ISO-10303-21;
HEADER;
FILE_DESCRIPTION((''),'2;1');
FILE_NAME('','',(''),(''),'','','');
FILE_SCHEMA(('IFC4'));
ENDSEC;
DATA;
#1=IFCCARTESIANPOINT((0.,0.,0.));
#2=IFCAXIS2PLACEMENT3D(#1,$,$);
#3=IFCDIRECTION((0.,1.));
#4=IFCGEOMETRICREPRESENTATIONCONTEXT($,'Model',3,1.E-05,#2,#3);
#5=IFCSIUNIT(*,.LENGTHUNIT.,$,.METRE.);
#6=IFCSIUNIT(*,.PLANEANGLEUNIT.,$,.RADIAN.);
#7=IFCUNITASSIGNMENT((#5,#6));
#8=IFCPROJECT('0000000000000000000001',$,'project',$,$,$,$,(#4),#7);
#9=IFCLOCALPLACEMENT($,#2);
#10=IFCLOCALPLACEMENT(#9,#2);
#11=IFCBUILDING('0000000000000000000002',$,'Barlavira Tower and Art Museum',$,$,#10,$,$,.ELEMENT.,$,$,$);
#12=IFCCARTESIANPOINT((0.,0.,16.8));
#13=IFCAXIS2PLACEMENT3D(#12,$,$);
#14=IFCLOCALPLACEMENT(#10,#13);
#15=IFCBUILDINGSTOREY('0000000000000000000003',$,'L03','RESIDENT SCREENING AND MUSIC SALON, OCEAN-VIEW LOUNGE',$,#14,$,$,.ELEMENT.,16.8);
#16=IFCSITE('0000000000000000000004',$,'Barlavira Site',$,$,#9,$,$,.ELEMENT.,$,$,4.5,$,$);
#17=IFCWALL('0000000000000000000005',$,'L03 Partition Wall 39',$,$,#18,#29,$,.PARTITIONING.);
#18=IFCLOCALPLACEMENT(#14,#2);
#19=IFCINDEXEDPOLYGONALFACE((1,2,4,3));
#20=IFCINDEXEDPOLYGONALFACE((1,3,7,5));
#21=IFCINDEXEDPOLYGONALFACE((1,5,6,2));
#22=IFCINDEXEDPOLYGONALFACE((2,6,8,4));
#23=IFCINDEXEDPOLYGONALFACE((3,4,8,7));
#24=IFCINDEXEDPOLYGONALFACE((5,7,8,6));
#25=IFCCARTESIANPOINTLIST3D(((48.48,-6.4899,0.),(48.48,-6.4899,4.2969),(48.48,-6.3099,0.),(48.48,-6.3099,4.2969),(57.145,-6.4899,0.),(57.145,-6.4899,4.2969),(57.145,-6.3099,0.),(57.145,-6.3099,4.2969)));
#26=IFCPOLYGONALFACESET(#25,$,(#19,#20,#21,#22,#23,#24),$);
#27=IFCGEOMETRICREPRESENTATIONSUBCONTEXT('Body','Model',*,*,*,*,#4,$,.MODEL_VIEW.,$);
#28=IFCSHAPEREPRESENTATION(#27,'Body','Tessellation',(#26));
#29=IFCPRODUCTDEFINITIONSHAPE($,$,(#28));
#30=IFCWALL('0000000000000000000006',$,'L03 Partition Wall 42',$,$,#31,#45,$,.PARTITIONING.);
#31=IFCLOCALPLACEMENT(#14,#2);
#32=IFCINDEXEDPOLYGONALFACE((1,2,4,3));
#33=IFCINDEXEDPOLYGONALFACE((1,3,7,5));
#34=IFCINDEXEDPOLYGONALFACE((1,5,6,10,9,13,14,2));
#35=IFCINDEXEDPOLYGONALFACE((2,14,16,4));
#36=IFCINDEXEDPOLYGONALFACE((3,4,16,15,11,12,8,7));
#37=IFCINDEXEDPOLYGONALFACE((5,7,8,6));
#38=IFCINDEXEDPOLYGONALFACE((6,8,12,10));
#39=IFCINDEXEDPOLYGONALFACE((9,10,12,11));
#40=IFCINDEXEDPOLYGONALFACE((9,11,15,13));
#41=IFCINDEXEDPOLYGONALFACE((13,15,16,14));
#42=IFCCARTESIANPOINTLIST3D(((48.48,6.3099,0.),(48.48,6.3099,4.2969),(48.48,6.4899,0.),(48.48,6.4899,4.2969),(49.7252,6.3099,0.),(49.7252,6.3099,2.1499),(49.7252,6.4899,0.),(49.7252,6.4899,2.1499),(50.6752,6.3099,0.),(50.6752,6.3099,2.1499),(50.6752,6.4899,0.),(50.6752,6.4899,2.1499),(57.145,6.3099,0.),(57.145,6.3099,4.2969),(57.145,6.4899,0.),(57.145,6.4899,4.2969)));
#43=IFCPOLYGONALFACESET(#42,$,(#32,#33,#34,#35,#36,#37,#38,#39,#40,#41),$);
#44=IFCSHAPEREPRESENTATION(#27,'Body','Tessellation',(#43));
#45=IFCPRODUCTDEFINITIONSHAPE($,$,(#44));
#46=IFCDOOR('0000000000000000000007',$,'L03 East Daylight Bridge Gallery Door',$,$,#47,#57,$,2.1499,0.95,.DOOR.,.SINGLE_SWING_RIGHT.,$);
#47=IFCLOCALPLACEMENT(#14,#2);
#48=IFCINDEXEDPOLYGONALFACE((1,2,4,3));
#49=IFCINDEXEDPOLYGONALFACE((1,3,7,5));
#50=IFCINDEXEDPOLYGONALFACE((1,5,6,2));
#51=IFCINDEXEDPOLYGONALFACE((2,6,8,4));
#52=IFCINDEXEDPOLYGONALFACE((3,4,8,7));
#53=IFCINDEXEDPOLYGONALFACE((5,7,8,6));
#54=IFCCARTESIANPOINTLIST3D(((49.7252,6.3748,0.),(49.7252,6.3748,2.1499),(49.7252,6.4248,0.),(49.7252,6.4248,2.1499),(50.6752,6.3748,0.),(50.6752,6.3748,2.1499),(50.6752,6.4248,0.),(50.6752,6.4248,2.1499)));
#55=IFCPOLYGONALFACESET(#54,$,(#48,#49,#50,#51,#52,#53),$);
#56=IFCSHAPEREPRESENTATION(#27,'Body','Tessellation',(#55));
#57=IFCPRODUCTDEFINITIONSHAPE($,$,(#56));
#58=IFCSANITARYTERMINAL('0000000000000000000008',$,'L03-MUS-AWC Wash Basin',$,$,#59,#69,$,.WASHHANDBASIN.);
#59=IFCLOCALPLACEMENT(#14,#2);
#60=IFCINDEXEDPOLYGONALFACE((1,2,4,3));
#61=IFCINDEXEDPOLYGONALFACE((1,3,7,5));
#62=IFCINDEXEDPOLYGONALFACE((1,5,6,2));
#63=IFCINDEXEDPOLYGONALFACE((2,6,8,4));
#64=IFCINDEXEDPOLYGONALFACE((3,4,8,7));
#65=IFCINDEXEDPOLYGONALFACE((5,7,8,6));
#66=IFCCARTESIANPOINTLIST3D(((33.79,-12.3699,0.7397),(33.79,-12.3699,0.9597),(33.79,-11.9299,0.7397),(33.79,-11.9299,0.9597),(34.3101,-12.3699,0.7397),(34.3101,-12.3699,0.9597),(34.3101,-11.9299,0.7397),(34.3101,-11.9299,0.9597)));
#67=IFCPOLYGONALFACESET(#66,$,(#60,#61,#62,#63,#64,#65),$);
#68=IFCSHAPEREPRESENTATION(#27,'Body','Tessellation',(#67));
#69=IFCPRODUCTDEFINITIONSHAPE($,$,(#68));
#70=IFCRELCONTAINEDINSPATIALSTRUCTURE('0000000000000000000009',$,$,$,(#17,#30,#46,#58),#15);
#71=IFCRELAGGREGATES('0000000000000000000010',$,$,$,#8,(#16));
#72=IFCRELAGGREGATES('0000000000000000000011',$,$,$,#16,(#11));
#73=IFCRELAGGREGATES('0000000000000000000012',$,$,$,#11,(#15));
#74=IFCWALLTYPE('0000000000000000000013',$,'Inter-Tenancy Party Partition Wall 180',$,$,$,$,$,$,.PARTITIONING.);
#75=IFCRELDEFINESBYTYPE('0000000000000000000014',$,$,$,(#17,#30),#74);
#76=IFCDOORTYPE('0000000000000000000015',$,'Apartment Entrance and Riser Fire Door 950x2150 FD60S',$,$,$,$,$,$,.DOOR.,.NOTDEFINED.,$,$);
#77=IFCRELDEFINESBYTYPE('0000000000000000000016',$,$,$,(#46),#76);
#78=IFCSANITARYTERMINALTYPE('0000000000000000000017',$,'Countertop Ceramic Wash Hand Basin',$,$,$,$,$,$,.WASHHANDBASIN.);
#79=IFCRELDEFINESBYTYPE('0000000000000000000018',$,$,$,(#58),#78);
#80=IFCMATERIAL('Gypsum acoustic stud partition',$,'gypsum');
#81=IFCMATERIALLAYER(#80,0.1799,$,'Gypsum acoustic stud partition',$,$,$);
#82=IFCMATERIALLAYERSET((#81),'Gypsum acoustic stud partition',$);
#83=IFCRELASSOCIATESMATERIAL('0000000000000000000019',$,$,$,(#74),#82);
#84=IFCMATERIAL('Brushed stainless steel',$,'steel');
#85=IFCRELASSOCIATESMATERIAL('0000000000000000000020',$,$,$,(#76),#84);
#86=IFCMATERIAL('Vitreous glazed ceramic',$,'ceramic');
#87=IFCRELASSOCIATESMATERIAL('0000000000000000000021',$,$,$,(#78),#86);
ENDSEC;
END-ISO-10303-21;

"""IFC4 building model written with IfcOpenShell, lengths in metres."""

from ifc_helpers import new_model, si_unit, direction, frame, frame_2d, origin, origin_2d, place, context, subcontext, project, spatial, rectangle, extrude, material, layer, layer_set, type_object, element, fill, save


model = new_model("IFC4")

# Units and contexts
model_context = context("Model", 3, precision=1e-05, world=origin(), true_north=direction((0.0, 1.0)))
body_context = subcontext(model_context, "Body", "Model", "MODEL_VIEW")
ifc_project = project(units=[si_unit("LENGTHUNIT", "METRE"), si_unit("PLANEANGLEUNIT", "RADIAN")], contexts=[model_context])

# Site, building, storey
site_placement = place(None, origin())
site = spatial("IfcSite", under=ifc_project, at=site_placement, Name="Barlavira Site", CompositionType="ELEMENT", RefElevation=4.5)
building_placement = place(site_placement, origin())
building = spatial("IfcBuilding", under=site, at=building_placement, Name="Barlavira Tower and Art Museum", CompositionType="ELEMENT")
storey_placement = place(building_placement, frame((0.0, 0.0, 16.8)))
storey = spatial("IfcBuildingStorey", under=building, at=storey_placement, Name="L03", Description="RESIDENT SCREENING AND MUSIC SALON, OCEAN-VIEW LOUNGE", CompositionType="ELEMENT", Elevation=16.8)

# Shared definitions
ifc_material_1 = material(Name="Brushed stainless steel", Category="steel")

# Wall
ifc_material_2 = material(Name="Gypsum acoustic stud partition", Category="gypsum")
ifc_layer_1 = layer(ifc_material_2, 0.1799, Name="Gypsum acoustic stud partition")
ifc_layer_set_1 = layer_set([ifc_layer_1], Name="Gypsum acoustic stud partition")
wall_type_1 = type_object("IfcWallType", Name="Inter-Tenancy Party Partition Wall 180", PredefinedType="PARTITIONING", material=ifc_layer_set_1)
wall_1_placement = place(storey_placement, frame((48.48, -6.3999, 0.0), z_axis=(0.0, 0.0, 1.0), x_axis=(1.0, 0.0, 0.0)))
element("IfcWall", 1, at=wall_1_placement, inside=storey, type_object=wall_type_1, Name="L03 Partition Wall 39", PredefinedType="PARTITIONING", context=body_context, shape_type="SweptSolid", body=[
    extrude(rectangle(XDim=8.665, YDim=0.1799, at=frame_2d((4.3325, 0.0))), origin(), (0.0, 0.0, 1.0), 4.2969),
])

# Wall, opening, door
wall_2_placement = place(storey_placement, frame((48.48, 6.3999, 0.0), z_axis=(0.0, 0.0, 1.0), x_axis=(1.0, 0.0, 0.0)))
wall_2 = element("IfcWall", 2, at=wall_2_placement, inside=storey, type_object=wall_type_1, Name="L03 Partition Wall 42", PredefinedType="PARTITIONING", context=body_context, shape_type="SweptSolid", body=[
    extrude(rectangle(XDim=8.665, YDim=0.1799, at=frame_2d((4.3325, 0.0))), origin(), (0.0, 0.0, 1.0), 4.2969),
])
opening_1_placement = place(wall_2_placement, frame((1.2451, 0.0, 0.0)))
opening_1 = element("IfcOpeningElement", 3, at=opening_1_placement, cuts=wall_2, PredefinedType="OPENING", context=body_context, shape_type="SweptSolid", body=[
    extrude(rectangle(XDim=0.95, YDim=2.1499, at=frame_2d((0.4751, 1.075))), frame((0.0, 0.1001, 0.0), z_axis=(0.0, -1.0, 0.0), x_axis=(1.0, 0.0, 0.0)), (0.0, 0.0, 1.0), 0.2),
])
door_type_1 = type_object("IfcDoorType", Name="Apartment Entrance and Riser Fire Door 950x2150 FD60S", OperationType="NOTDEFINED", PredefinedType="DOOR", material=ifc_material_1)
door_1_placement = place(opening_1_placement, origin())
door_1 = element("IfcDoor", 4, at=door_1_placement, inside=storey, type_object=door_type_1, Name="L03 East Daylight Bridge Gallery Door", OperationType="SINGLE_SWING_RIGHT", OverallHeight=2.1499, OverallWidth=0.95, PredefinedType="DOOR", context=body_context, shape_type="SweptSolid", body=[
    extrude(rectangle(XDim=0.95, YDim=2.1499, at=frame_2d((0.4751, 1.075))), frame((0.0, 0.0249, 0.0), z_axis=(0.0, -1.0, 0.0), x_axis=(1.0, 0.0, 0.0)), (0.0, 0.0, 1.0), 0.05),
])
fill(opening_1, door_1)

# Sanitary terminal
ifc_material_3 = material(Name="Vitreous glazed ceramic", Category="ceramic")
sanitary_terminal_type = type_object("IfcSanitaryTerminalType", Name="Countertop Ceramic Wash Hand Basin", PredefinedType="WASHHANDBASIN", material=ifc_material_3)
sanitary_terminal_placement = place(storey_placement, frame((34.05, -12.1499, 0.7397), z_axis=(0.0, 0.0, 1.0), x_axis=(1.0, 0.0, 0.0)))
element("IfcSanitaryTerminal", 5, at=sanitary_terminal_placement, inside=storey, type_object=sanitary_terminal_type, Name="L03-MUS-AWC Wash Basin", PredefinedType="WASHHANDBASIN", context=body_context, shape_type="SweptSolid", body=[
    extrude(rectangle(XDim=0.52, YDim=0.4399, at=origin_2d()), origin(), (0.0, 0.0, 1.0), 0.22),
])

save(model, "model.ifc")
